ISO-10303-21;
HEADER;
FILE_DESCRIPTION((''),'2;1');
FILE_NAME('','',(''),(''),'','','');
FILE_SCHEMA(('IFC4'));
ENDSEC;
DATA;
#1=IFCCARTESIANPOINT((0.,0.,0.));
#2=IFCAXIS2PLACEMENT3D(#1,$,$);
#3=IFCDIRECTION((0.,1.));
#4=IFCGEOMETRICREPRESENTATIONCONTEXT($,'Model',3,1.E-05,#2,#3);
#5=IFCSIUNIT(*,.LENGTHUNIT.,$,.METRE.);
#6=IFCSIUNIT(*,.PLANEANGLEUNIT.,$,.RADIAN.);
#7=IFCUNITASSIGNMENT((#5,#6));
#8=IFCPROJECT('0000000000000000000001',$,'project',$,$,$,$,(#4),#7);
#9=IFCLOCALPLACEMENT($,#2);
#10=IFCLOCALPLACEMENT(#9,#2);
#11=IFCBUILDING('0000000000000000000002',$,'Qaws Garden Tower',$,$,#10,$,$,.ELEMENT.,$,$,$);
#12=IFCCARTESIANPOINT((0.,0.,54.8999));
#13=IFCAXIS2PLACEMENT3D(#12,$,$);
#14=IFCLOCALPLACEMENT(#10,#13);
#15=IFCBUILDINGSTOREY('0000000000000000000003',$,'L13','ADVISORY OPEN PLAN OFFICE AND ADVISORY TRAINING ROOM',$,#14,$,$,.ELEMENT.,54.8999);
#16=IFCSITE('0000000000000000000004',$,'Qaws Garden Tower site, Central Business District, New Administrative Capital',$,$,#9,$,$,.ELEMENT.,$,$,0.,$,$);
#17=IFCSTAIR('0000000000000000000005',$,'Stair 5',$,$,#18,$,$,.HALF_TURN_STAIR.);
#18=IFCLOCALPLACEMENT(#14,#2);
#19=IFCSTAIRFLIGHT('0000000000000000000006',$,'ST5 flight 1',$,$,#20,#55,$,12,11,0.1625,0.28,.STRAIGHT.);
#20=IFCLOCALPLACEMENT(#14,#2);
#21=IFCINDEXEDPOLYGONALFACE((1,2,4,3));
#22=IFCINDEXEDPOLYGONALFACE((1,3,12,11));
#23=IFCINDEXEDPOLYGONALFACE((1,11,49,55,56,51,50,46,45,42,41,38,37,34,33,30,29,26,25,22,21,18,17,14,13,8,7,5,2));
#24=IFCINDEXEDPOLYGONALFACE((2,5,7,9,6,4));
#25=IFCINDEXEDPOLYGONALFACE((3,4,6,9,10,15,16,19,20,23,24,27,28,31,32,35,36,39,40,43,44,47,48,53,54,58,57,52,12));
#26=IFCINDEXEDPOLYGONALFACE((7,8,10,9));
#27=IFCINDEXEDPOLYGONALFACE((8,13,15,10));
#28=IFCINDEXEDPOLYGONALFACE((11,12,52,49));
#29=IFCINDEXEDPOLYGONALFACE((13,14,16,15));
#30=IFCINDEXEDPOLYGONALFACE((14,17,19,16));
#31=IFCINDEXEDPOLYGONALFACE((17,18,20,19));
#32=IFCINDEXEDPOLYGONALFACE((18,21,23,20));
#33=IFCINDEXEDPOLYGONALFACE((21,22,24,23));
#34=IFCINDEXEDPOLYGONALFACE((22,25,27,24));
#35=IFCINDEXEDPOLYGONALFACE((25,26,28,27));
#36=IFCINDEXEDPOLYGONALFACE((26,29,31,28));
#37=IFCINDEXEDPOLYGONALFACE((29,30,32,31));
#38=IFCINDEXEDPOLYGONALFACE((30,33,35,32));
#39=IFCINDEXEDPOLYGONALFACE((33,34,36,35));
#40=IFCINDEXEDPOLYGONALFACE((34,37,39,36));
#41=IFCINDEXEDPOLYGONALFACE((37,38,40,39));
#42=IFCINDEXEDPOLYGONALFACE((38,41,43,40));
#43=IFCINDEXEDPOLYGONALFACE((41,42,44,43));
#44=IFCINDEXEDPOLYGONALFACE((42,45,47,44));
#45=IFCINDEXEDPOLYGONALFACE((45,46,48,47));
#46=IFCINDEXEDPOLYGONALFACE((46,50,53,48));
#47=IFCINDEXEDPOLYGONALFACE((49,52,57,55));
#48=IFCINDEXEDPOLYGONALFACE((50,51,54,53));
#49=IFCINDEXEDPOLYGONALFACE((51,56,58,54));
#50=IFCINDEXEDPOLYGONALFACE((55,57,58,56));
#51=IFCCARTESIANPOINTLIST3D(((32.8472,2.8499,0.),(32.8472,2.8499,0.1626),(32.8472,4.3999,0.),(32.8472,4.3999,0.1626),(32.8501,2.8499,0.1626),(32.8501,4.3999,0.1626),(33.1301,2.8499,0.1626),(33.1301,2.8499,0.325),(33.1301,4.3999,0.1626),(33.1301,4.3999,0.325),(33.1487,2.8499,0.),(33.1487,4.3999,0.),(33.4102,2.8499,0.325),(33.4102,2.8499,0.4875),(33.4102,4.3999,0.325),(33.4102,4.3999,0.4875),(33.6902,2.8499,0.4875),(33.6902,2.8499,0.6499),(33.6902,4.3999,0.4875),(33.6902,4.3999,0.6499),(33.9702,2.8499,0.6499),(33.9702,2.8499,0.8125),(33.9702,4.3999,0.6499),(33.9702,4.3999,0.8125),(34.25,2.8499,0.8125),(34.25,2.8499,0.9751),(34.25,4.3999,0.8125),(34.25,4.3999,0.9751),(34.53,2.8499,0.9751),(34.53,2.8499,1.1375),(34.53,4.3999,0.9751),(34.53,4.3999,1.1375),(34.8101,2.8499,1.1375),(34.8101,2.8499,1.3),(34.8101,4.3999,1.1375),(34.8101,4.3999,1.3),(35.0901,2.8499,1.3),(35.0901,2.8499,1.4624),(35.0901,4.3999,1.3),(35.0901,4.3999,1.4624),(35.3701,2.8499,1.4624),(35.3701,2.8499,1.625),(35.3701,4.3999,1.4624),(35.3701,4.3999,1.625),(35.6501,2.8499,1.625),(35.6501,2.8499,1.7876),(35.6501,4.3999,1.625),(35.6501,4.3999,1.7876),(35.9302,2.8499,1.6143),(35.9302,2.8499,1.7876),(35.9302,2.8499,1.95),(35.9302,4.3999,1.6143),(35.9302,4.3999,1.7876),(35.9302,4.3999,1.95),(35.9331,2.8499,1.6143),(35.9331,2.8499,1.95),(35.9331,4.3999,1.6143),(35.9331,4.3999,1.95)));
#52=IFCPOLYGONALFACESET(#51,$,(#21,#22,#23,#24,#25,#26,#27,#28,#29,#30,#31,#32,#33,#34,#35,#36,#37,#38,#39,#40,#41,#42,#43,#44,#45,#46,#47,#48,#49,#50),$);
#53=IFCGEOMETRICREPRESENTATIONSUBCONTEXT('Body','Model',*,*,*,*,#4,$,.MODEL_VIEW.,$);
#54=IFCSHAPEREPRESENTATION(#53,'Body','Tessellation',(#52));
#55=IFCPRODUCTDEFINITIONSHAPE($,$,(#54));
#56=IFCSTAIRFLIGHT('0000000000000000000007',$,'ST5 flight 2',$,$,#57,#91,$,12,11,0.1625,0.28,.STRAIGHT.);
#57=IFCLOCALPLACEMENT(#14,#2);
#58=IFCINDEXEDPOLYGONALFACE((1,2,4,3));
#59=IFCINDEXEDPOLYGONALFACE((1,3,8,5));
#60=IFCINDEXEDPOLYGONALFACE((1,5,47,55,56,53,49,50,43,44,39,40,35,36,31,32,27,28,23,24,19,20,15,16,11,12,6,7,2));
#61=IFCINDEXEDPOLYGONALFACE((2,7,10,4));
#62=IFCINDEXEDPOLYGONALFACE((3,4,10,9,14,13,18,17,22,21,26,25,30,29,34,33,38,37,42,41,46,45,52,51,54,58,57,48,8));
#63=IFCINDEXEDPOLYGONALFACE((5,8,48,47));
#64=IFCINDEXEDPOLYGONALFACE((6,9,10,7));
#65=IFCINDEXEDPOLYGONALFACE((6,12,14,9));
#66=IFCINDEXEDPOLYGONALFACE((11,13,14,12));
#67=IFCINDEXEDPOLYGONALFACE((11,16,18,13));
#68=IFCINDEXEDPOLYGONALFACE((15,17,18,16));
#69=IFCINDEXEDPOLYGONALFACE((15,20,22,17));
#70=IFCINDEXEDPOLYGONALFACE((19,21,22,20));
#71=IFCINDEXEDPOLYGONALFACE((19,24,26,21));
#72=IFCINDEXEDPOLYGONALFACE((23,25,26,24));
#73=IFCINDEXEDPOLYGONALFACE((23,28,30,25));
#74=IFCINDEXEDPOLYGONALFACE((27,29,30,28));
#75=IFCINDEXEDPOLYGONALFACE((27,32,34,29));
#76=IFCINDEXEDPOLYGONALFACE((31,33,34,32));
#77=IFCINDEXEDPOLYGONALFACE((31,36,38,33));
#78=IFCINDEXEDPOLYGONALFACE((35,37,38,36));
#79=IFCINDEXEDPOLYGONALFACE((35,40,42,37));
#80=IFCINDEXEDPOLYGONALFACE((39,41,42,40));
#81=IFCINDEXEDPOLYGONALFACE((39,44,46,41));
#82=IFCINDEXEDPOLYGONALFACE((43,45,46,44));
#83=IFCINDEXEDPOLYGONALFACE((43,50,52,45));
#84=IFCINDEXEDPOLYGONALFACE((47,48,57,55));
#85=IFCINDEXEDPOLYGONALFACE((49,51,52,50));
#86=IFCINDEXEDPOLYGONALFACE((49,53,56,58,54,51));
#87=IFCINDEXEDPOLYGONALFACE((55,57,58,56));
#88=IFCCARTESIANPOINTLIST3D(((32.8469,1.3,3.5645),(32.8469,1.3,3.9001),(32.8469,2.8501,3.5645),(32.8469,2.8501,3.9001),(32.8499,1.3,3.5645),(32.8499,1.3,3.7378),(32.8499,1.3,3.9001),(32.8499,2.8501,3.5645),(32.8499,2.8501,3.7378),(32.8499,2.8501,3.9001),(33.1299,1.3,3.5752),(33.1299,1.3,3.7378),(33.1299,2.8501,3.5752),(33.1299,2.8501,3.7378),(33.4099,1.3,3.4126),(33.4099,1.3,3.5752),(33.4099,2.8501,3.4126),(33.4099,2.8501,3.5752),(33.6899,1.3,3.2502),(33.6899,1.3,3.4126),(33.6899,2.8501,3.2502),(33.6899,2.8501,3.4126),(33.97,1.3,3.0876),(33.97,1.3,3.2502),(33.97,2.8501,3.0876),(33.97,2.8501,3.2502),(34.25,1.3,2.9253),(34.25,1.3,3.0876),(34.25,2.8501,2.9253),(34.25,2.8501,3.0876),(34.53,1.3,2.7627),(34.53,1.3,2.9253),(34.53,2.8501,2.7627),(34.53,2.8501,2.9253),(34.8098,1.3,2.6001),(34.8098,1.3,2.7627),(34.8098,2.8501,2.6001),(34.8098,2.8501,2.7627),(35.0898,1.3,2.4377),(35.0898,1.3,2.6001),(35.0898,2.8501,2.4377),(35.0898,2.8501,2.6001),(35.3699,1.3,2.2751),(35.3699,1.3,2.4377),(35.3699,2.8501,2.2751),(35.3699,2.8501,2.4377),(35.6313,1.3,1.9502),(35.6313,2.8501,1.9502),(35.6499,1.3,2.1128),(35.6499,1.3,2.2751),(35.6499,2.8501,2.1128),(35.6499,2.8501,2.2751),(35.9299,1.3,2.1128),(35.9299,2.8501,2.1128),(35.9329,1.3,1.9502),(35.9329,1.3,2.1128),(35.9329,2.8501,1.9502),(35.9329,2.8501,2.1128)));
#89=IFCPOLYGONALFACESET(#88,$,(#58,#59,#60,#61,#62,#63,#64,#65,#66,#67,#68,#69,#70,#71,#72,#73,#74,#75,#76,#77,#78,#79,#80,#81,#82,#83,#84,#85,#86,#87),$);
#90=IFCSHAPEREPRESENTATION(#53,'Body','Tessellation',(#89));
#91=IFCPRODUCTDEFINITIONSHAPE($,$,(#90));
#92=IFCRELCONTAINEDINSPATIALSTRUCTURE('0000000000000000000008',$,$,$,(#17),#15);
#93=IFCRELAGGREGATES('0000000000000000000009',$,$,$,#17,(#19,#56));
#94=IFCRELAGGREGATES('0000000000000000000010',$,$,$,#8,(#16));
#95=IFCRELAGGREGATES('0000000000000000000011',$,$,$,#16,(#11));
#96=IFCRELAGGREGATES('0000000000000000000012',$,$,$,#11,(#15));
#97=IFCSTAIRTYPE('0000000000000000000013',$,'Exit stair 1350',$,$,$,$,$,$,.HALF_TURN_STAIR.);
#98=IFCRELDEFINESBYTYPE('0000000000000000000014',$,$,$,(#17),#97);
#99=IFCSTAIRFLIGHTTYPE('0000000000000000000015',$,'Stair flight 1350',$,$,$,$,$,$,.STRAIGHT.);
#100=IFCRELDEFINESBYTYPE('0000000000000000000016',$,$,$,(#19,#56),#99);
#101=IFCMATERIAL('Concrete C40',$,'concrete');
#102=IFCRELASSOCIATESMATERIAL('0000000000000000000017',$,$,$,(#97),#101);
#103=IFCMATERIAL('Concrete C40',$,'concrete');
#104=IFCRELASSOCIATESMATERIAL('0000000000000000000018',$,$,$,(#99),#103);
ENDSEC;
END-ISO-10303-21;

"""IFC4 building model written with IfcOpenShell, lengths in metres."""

from ifc_helpers import new_model, si_unit, direction, frame, origin, place, context, subcontext, project, spatial, polyline, outline, extrude, material, type_object, element, aggregate, save


model = new_model("IFC4")

# Units and contexts
model_context = context("Model", 3, precision=1e-05, world=origin(), true_north=direction((0.0, 1.0)))
body_context = subcontext(model_context, "Body", "Model", "MODEL_VIEW")
ifc_project = project(units=[si_unit("LENGTHUNIT", "METRE"), si_unit("PLANEANGLEUNIT", "RADIAN")], contexts=[model_context])

# Site, building, storey
site_placement = place(None, origin())
site = spatial("IfcSite", under=ifc_project, at=site_placement, Name="Qaws Garden Tower site, Central Business District, New Administrative Capital", CompositionType="ELEMENT", RefElevation=0.0)
building_placement = place(site_placement, origin())
building = spatial("IfcBuilding", under=site, at=building_placement, Name="Qaws Garden Tower", CompositionType="ELEMENT")
storey_placement = place(building_placement, frame((0.0, 0.0, 54.8999)))
storey = spatial("IfcBuildingStorey", under=building, at=storey_placement, Name="L13", Description="ADVISORY OPEN PLAN OFFICE AND ADVISORY TRAINING ROOM", CompositionType="ELEMENT", Elevation=54.8999)

# Stair, stair flights
ifc_material_1 = material(Name="Concrete C40", Category="concrete")
stair_type = type_object("IfcStairType", Name="Exit stair 1350", PredefinedType="HALF_TURN_STAIR", material=ifc_material_1)
stair_placement = place(storey_placement, origin())
stair = element("IfcStair", 1, at=stair_placement, inside=storey, type_object=stair_type, Name="Stair 5", PredefinedType="HALF_TURN_STAIR")
ifc_material_2 = material(Name="Concrete C40", Category="concrete")
stair_flight_type = type_object("IfcStairFlightType", Name="Stair flight 1350", PredefinedType="STRAIGHT", material=ifc_material_2)
stair_flight_1_placement = place(storey_placement, frame((32.8501, 3.625, 0.0), z_axis=(0.0, 0.0, 1.0), x_axis=(1.0, 0.0, 0.0)))
stair_flight_1 = element("IfcStairFlight", 2, at=stair_flight_1_placement, type_object=stair_flight_type, Name="ST5 flight 1", NumberOfRisers=12, NumberOfTreads=11, PredefinedType="STRAIGHT", RiserHeight=0.1625, TreadLength=0.28, context=body_context, shape_type="SweptSolid", body=[
    extrude(outline(polyline([(-0.0029, 0.0), (-0.0029, 0.1626), (0.0, 0.1626), (0.28, 0.1626), (0.28, 0.325), (0.5601, 0.325), (0.5601, 0.4875), (0.8401, 0.4875), (0.8401, 0.6499), (1.1201, 0.6499), (1.1201, 0.8125), (1.3999, 0.8125), (1.3999, 0.9751), (1.6799, 0.9751), (1.6799, 1.1375), (1.96, 1.1375), (1.96, 1.3), (2.24, 1.3), (2.24, 1.4624), (2.52, 1.4624), (2.52, 1.625), (2.8, 1.625), (2.8, 1.7876), (3.0801, 1.7876), (3.0801, 1.95), (3.083, 1.95), (3.083, 1.6143), (3.0801, 1.6143), (0.2986, 0.0), (-0.0029, 0.0)])), frame((0.0, 0.7749, 0.0), z_axis=(0.0, -1.0, 0.0), x_axis=(1.0, 0.0, 0.0)), (0.0, 0.0, 1.0), 1.55),
])
stair_flight_2_placement = place(storey_placement, frame((35.9299, 2.075, 1.9502), z_axis=(0.0, 0.0, 1.0), x_axis=(-1.0, 0.0, 0.0)))
stair_flight_2 = element("IfcStairFlight", 3, at=stair_flight_2_placement, type_object=stair_flight_type, Name="ST5 flight 2", NumberOfRisers=12, NumberOfTreads=11, PredefinedType="STRAIGHT", RiserHeight=0.1625, TreadLength=0.28, context=body_context, shape_type="SweptSolid", body=[
    extrude(outline(polyline([(-0.0029, 0.0), (-0.0029, 0.1626), (0.0, 0.1626), (0.28, 0.1626), (0.28, 0.325), (0.5601, 0.325), (0.5601, 0.4875), (0.8401, 0.4875), (0.8401, 0.6499), (1.1201, 0.6499), (1.1201, 0.8125), (1.3999, 0.8125), (1.3999, 0.9751), (1.6799, 0.9751), (1.6799, 1.1375), (1.96, 1.1375), (1.96, 1.3), (2.24, 1.3), (2.24, 1.4624), (2.52, 1.4624), (2.52, 1.625), (2.8, 1.625), (2.8, 1.7876), (3.0801, 1.7876), (3.0801, 1.95), (3.083, 1.95), (3.083, 1.6143), (3.0801, 1.6143), (0.2986, 0.0), (-0.0029, 0.0)])), frame((0.0, 0.7749, 0.0), z_axis=(0.0, -1.0, 0.0), x_axis=(1.0, 0.0, 0.0)), (0.0, 0.0, 1.0), 1.55),
])
aggregate(stair, [stair_flight_1, stair_flight_2])

save(model, "model.ifc")
